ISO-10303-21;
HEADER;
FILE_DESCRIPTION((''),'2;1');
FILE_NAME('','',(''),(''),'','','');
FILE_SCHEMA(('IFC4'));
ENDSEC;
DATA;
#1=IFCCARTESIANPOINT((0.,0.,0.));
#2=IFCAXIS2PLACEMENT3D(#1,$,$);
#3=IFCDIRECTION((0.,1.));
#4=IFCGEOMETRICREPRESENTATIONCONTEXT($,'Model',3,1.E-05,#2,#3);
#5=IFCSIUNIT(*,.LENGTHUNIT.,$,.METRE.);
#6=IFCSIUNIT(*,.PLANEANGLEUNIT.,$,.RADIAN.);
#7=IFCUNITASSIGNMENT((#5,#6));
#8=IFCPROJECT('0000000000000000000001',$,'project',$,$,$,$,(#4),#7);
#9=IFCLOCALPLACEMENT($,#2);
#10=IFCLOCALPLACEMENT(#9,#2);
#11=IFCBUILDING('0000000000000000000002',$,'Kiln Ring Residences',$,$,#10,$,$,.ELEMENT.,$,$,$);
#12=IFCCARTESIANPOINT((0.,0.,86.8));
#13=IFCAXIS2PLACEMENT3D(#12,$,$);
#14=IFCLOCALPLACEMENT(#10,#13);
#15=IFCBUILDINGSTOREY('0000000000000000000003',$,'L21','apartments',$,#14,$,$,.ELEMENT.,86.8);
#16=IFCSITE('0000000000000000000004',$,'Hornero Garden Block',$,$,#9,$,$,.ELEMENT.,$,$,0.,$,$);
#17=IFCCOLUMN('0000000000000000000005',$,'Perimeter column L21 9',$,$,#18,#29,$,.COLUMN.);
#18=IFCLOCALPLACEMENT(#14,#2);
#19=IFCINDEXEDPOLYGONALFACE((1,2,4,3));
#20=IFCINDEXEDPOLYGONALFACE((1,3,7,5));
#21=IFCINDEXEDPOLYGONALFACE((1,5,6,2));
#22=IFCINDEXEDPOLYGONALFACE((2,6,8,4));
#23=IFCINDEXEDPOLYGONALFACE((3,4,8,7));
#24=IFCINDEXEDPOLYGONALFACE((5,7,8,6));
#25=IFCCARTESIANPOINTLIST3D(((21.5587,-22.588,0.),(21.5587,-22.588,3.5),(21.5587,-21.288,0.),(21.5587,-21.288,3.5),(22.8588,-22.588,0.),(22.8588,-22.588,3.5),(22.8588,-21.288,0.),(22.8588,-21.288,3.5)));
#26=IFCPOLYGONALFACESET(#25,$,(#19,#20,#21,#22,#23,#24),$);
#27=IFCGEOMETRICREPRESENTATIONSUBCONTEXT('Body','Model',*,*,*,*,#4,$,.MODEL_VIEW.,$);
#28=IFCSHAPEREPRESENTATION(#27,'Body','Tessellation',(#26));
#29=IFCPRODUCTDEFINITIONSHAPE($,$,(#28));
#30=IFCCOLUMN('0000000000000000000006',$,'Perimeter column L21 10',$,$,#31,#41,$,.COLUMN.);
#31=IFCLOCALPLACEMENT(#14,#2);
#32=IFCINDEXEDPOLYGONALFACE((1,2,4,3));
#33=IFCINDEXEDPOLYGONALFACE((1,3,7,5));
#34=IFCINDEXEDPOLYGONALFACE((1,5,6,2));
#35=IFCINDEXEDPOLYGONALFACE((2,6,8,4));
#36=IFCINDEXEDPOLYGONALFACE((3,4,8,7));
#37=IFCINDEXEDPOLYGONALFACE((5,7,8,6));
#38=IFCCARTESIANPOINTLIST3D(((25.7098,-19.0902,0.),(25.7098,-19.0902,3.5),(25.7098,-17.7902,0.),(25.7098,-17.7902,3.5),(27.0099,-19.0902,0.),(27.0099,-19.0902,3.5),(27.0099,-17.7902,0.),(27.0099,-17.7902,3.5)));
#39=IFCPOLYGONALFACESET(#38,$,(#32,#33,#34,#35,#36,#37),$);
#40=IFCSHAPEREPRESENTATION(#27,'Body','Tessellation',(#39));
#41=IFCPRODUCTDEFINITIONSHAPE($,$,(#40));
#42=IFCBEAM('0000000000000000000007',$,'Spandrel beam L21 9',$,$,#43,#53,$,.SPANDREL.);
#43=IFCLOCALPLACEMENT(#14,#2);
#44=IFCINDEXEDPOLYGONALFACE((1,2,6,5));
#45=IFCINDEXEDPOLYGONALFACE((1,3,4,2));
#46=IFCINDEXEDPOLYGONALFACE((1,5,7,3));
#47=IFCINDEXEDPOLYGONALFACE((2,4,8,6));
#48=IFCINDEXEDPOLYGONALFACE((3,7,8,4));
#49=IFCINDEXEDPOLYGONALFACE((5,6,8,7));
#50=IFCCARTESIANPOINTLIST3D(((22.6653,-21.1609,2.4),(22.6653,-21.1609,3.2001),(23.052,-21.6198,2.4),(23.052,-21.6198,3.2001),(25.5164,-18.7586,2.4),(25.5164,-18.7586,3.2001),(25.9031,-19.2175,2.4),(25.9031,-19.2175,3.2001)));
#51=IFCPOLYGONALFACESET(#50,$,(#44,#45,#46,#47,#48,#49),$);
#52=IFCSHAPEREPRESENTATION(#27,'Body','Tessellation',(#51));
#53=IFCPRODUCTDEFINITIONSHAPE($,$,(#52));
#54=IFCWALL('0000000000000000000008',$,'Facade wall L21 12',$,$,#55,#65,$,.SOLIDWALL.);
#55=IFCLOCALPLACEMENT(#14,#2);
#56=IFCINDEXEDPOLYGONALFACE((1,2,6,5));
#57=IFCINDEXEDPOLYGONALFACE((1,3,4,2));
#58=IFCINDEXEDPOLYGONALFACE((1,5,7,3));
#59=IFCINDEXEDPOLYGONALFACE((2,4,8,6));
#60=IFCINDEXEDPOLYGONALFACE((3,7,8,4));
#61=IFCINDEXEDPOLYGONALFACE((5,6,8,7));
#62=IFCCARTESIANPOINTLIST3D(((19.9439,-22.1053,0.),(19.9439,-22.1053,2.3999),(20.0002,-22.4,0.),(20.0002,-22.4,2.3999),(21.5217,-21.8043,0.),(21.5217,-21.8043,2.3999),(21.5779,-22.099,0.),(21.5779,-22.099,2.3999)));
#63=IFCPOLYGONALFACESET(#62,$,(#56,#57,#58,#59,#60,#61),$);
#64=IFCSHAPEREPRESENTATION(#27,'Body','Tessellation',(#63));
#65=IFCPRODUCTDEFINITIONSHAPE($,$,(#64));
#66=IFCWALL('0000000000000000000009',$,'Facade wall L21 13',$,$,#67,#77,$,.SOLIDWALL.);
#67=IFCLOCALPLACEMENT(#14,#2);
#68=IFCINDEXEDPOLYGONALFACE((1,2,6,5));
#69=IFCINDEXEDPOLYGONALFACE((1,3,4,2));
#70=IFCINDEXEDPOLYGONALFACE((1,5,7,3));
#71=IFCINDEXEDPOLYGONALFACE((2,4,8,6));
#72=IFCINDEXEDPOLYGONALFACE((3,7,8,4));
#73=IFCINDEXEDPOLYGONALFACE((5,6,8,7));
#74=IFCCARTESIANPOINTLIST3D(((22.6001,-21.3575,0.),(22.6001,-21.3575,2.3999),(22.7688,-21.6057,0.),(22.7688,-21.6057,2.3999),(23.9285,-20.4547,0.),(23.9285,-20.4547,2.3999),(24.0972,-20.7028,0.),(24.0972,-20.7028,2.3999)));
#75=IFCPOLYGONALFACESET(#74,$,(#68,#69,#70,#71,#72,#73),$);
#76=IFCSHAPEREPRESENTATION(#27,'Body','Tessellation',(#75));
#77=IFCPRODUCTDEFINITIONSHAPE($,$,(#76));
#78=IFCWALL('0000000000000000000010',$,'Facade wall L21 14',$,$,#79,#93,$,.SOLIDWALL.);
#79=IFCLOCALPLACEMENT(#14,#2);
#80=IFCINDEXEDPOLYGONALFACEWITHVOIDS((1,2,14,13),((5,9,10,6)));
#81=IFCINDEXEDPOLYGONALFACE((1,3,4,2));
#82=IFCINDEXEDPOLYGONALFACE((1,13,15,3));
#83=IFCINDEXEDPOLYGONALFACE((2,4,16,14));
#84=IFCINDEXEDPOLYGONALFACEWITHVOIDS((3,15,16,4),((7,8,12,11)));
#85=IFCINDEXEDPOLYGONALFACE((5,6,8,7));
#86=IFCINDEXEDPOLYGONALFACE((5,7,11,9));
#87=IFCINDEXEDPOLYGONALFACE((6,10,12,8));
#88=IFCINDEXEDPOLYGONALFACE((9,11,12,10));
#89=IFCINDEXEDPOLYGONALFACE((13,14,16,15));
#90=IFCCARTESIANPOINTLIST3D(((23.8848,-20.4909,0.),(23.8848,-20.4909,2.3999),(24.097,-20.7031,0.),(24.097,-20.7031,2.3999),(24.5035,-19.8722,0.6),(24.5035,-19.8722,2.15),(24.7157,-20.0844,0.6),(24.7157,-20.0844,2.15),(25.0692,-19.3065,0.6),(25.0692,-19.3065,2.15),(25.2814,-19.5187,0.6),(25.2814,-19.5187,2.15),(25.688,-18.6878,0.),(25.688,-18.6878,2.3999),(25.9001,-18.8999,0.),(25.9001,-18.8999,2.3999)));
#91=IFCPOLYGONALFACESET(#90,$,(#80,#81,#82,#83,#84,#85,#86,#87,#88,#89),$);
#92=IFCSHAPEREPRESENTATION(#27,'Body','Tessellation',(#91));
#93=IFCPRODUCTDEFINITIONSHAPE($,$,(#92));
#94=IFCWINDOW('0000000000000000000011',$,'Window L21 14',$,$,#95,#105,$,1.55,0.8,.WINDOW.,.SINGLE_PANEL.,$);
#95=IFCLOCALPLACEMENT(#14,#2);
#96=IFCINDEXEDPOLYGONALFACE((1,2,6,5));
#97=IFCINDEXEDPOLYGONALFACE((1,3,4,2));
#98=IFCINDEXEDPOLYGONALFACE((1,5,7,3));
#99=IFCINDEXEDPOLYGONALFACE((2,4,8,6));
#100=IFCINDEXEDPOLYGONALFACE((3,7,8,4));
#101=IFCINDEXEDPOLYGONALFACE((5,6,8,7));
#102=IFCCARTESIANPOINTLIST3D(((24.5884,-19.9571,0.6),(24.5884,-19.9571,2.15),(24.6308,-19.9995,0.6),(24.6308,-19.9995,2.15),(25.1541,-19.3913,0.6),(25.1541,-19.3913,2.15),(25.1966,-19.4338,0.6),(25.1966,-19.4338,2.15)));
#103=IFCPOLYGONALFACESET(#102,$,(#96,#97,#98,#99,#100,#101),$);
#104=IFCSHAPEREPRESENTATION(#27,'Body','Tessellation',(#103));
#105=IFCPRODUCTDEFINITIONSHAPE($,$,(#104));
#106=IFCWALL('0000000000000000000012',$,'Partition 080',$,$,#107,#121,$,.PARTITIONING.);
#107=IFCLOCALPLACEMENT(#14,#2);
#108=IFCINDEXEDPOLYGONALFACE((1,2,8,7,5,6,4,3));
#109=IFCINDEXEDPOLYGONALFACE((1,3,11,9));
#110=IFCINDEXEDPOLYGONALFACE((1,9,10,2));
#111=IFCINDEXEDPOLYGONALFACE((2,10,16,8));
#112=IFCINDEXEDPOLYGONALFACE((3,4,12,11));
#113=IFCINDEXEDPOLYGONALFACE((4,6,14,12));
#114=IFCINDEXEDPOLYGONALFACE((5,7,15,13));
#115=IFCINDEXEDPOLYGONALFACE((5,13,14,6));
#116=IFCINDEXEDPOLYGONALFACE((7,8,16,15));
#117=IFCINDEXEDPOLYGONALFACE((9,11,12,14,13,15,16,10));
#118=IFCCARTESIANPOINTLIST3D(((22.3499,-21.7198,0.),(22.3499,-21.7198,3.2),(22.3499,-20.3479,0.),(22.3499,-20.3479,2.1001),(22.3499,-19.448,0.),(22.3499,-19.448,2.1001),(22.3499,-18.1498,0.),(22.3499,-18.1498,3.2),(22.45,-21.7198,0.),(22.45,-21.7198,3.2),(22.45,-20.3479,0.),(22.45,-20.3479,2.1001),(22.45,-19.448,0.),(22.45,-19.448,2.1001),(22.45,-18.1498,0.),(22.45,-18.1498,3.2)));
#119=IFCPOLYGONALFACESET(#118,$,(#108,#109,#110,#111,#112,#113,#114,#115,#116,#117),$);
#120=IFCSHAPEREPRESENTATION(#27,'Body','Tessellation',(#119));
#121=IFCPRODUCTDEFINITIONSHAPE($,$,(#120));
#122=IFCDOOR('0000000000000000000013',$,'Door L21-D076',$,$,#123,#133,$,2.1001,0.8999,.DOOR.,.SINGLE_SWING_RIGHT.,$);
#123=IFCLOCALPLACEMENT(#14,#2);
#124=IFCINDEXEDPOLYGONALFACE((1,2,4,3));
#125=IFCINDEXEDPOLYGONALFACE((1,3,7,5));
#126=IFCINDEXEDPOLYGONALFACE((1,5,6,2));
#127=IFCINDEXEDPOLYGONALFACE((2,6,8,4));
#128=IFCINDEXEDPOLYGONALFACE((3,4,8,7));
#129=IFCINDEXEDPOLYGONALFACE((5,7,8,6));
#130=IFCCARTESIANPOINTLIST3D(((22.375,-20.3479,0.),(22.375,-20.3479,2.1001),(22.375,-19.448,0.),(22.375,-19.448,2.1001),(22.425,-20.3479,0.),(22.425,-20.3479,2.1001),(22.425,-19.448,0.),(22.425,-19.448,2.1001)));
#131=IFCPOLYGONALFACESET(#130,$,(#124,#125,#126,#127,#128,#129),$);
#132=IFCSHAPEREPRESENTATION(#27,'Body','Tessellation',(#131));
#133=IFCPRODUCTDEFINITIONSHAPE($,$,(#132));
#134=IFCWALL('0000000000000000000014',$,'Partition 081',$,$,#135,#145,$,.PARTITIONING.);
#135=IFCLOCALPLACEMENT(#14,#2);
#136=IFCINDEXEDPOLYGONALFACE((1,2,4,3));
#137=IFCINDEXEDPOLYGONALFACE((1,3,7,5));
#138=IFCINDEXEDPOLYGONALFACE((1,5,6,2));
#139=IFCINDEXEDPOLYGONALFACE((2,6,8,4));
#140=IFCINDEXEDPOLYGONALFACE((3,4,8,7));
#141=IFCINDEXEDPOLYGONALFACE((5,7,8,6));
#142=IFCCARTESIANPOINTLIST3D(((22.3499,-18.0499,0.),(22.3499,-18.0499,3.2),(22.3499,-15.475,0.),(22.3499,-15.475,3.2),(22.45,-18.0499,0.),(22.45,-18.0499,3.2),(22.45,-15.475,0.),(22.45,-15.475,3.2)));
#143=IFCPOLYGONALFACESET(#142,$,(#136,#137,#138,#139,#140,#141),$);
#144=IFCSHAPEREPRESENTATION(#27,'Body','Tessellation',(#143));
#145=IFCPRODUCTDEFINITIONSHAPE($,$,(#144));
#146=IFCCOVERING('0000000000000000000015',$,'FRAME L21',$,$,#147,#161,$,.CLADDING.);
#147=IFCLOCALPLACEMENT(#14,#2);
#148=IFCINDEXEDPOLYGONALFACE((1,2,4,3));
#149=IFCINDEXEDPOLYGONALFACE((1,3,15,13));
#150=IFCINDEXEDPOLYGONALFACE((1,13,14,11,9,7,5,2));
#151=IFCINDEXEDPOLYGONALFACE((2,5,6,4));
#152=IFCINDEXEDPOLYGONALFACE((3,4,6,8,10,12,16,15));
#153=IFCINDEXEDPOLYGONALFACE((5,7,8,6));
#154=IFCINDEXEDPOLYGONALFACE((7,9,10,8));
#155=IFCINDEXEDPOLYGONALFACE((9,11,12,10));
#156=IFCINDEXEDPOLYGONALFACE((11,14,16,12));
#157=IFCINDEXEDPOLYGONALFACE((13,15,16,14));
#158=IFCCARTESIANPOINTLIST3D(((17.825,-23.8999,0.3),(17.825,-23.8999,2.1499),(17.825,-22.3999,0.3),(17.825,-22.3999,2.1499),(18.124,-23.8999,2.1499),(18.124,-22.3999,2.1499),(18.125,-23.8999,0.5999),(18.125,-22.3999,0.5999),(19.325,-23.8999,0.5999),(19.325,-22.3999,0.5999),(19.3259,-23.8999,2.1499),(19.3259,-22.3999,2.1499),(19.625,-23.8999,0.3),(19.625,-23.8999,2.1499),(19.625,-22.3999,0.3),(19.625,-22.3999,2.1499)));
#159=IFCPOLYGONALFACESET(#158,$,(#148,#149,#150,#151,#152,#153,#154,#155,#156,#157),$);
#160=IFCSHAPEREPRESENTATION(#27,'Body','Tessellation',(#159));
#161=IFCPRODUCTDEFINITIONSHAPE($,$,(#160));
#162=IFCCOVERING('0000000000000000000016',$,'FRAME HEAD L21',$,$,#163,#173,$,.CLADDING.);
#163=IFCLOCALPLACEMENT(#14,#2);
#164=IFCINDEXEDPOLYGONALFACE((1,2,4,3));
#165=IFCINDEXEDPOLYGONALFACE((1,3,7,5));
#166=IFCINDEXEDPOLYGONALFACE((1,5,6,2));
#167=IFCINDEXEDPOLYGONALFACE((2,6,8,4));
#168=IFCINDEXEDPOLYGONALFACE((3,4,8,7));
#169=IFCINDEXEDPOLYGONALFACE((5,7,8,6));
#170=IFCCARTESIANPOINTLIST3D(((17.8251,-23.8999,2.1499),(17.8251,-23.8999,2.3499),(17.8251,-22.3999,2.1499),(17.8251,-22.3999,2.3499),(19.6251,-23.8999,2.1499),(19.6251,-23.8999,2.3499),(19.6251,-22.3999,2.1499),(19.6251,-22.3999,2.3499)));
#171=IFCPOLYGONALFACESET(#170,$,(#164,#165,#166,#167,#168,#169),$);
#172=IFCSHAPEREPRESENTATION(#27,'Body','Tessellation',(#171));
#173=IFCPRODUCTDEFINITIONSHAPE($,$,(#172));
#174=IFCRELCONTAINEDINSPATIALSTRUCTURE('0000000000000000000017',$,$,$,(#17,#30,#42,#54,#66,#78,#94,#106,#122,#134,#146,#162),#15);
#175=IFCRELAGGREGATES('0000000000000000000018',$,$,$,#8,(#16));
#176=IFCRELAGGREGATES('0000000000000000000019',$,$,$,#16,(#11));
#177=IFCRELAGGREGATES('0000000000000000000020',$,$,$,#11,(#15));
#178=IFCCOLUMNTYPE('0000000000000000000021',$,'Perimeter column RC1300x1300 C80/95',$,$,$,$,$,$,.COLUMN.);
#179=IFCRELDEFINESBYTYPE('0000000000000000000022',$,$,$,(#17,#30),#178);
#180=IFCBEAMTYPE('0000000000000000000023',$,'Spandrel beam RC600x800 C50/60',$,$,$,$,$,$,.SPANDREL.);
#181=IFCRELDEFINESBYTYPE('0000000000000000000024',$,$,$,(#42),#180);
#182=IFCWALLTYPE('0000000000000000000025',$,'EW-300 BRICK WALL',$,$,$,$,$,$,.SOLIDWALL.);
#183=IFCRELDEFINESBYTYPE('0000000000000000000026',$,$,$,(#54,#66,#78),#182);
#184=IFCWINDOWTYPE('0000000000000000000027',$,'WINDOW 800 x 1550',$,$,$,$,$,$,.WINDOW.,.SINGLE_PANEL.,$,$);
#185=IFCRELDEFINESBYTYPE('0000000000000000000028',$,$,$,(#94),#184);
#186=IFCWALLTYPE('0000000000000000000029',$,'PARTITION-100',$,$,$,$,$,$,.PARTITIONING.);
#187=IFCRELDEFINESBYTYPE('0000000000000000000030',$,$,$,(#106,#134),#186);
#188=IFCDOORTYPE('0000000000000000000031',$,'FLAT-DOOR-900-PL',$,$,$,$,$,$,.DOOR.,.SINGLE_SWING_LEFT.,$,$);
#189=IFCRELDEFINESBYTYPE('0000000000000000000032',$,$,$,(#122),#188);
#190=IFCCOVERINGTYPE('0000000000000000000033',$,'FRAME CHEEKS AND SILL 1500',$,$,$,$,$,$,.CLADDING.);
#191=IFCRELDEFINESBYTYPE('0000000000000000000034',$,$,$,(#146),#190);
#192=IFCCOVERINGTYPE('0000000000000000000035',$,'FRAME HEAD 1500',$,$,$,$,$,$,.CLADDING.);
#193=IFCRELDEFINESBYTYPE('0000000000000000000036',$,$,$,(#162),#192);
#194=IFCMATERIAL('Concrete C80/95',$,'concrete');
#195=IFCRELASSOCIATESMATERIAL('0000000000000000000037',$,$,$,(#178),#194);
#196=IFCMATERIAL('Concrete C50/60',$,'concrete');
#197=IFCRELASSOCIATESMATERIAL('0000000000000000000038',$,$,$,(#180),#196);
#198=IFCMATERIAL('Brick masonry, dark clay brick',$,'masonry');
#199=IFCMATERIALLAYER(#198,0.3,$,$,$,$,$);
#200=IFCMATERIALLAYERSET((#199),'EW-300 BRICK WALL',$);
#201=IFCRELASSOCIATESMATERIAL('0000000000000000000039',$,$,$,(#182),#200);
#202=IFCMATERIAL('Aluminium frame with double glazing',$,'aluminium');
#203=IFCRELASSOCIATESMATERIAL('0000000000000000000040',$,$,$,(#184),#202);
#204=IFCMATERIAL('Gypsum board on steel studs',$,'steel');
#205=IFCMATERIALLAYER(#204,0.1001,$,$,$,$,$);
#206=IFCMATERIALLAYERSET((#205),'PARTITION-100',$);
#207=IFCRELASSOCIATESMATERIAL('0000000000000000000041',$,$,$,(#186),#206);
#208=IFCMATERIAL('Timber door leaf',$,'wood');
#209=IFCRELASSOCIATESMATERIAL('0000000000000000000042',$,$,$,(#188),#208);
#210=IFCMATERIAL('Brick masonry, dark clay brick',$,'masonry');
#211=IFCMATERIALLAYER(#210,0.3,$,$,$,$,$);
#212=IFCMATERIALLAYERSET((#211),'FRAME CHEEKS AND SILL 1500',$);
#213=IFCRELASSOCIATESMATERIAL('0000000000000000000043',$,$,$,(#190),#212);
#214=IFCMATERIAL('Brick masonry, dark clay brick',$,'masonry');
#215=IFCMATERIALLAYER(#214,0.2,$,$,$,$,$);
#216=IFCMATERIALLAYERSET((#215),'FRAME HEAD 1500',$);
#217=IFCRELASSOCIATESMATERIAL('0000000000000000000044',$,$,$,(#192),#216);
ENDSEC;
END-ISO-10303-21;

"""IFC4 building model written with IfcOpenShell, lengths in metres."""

from ifc_helpers import new_model, si_unit, direction, frame, frame_2d, origin, origin_2d, place, context, subcontext, project, spatial, polyline, rectangle, outline, extrude, material, layer, layer_set, material_profile, profile_set, type_object, element, fill, save


model = new_model("IFC4")

# Units and contexts
model_context = context("Model", 3, precision=1e-05, world=origin(), true_north=direction((0.0, 1.0)))
body_context = subcontext(model_context, "Body", "Model", "MODEL_VIEW")
ifc_project = project(units=[si_unit("LENGTHUNIT", "METRE"), si_unit("PLANEANGLEUNIT", "RADIAN")], contexts=[model_context])

# Site, building, storey
site_placement = place(None, origin())
site = spatial("IfcSite", under=ifc_project, at=site_placement, Name="Hornero Garden Block", CompositionType="ELEMENT", RefElevation=0.0)
building_placement = place(site_placement, origin())
building = spatial("IfcBuilding", under=site, at=building_placement, Name="Kiln Ring Residences", CompositionType="ELEMENT")
storey_placement = place(building_placement, frame((0.0, 0.0, 86.8)))
storey = spatial("IfcBuildingStorey", under=building, at=storey_placement, Name="L21", Description="apartments", CompositionType="ELEMENT", Elevation=86.8)

# Columns
ifc_material_1 = material(Name="Concrete C80/95", Category="concrete")
ifc_material_profile_1 = material_profile(ifc_material_1, rectangle(XDim=1.3, YDim=1.3, at=origin_2d()), Name="RC1300x1300")
ifc_profile_set_1 = profile_set([ifc_material_profile_1], Name="Concrete C80/95")
column_type = type_object("IfcColumnType", Name="Perimeter column RC1300x1300 C80/95", PredefinedType="COLUMN", material=ifc_profile_set_1)
for number, where, z_axis, x_axis, name in (
    (1, (22.2087, -21.938, 0.0), (0.0, 0.0, 1.0), (1.0, 0.0, 0.0), "Perimeter column L21 9"),
    (2, (26.3599, -18.4402, 0.0), (0.0, 0.0, 1.0), (1.0, 0.0, 0.0), "Perimeter column L21 10"),
):
    element("IfcColumn", number, at=place(storey_placement, frame(where, z_axis=z_axis, x_axis=x_axis)), inside=storey, type_object=column_type, Name=name, PredefinedType="COLUMN", context=body_context, shape_type="SweptSolid", body=[
        extrude(rectangle(XDim=1.3, YDim=1.3, at=origin_2d()), origin(), (0.0, 0.0, 1.0), 3.5),
    ])

# Beam
ifc_material_2 = material(Name="Concrete C50/60", Category="concrete")
ifc_material_profile_2 = material_profile(ifc_material_2, rectangle(XDim=0.6001, YDim=0.8, at=origin_2d()), Name="RC600x800")
ifc_profile_set_2 = profile_set([ifc_material_profile_2], Name="Concrete C50/60")
beam_type = type_object("IfcBeamType", Name="Spandrel beam RC600x800 C50/60", PredefinedType="SPANDREL", material=ifc_profile_set_2)
beam_placement = place(storey_placement, frame((22.8586, -21.3904, 2.8), z_axis=(0.764721, 0.644362, 0.0), x_axis=(-0.644362, 0.764721, 0.0)))
element("IfcBeam", 3, at=beam_placement, inside=storey, type_object=beam_type, Name="Spandrel beam L21 9", PredefinedType="SPANDREL", context=body_context, shape_type="SweptSolid", body=[
    extrude(rectangle(XDim=0.6001, YDim=0.8, at=origin_2d()), origin(), (0.0, 0.0, 1.0), 3.7283),
])

# Walls
ifc_material_3 = material(Name="Brick masonry, dark clay brick", Category="masonry")
ifc_layer_1 = layer(ifc_material_3, 0.3)
ifc_layer_set_1 = layer_set([ifc_layer_1], Name="EW-300 BRICK WALL")
wall_type_1 = type_object("IfcWallType", Name="EW-300 BRICK WALL", PredefinedType="SOLIDWALL", material=ifc_layer_set_1)
for number, where, z_axis, x_axis, name in (
    (4, (19.9719, -22.2527, 0.0), (0.0, 0.0, 1.0), (0.982279, 0.187426, 0.0), "Facade wall L21 12"),
    (5, (22.6843, -21.4817, 0.0), (0.0, 0.0, 1.0), (0.827059, 0.562115, 0.0), "Facade wall L21 13"),
):
    element("IfcWall", number, at=place(storey_placement, frame(where, z_axis=z_axis, x_axis=x_axis)), inside=storey, type_object=wall_type_1, Name=name, PredefinedType="SOLIDWALL", context=body_context, shape_type="SweptSolid", body=[
        extrude(rectangle(XDim=1.6062, YDim=0.3, at=frame_2d((0.8032, 0.0))), origin(), (0.0, 0.0, 1.0), 2.3999),
    ])

# Wall, opening, window
wall_1_placement = place(storey_placement, frame((23.991, -20.5969, 0.0), z_axis=(0.0, 0.0, 1.0), x_axis=(0.707107, 0.707107, 0.0)))
wall_1 = element("IfcWall", 6, at=wall_1_placement, inside=storey, type_object=wall_type_1, Name="Facade wall L21 14", PredefinedType="SOLIDWALL", context=body_context, shape_type="SweptSolid", body=[
    extrude(rectangle(XDim=2.55, YDim=0.3, at=frame_2d((1.2749, 0.0))), origin(), (0.0, 0.0, 1.0), 2.3999),
])
opening_1_placement = place(wall_1_placement, frame((0.875, 0.0, 0.6001)))
opening_1 = element("IfcOpeningElement", 7, at=opening_1_placement, cuts=wall_1, PredefinedType="OPENING", context=body_context, shape_type="SweptSolid", body=[
    extrude(rectangle(XDim=0.8, YDim=1.55, at=frame_2d((0.3999, 0.7749))), frame((0.0, 0.1599, 0.0), z_axis=(0.0, -1.0, 0.0), x_axis=(1.0, 0.0, 0.0)), (0.0, 0.0, 1.0), 0.3201),
])
ifc_material_4 = material(Name="Aluminium frame with double glazing", Category="aluminium")
window_type = type_object("IfcWindowType", Name="WINDOW 800 x 1550", PartitioningType="SINGLE_PANEL", PredefinedType="WINDOW", material=ifc_material_4)
window_placement = place(opening_1_placement, origin())
window = element("IfcWindow", 8, at=window_placement, inside=storey, type_object=window_type, Name="Window L21 14", OverallHeight=1.55, OverallWidth=0.8, PartitioningType="SINGLE_PANEL", PredefinedType="WINDOW", context=body_context, shape_type="SweptSolid", body=[
    extrude(rectangle(XDim=0.8, YDim=1.55, at=frame_2d((0.3999, 0.7749))), frame((0.0, 0.03, 0.0), z_axis=(0.0, -1.0, 0.0), x_axis=(1.0, 0.0, 0.0)), (0.0, 0.0, 1.0), 0.0601),
])
fill(opening_1, window)

# Wall, opening, door
ifc_material_5 = material(Name="Gypsum board on steel studs", Category="steel")
ifc_layer_2 = layer(ifc_material_5, 0.1001)
ifc_layer_set_2 = layer_set([ifc_layer_2], Name="PARTITION-100")
wall_type_2 = type_object("IfcWallType", Name="PARTITION-100", PredefinedType="PARTITIONING", material=ifc_layer_set_2)
wall_2_placement = place(storey_placement, frame((22.3999, -21.72, 0.0), z_axis=(0.0, 0.0, 1.0), x_axis=(0.0, 1.0, 0.0)))
wall_2 = element("IfcWall", 9, at=wall_2_placement, inside=storey, type_object=wall_type_2, Name="Partition 080", PredefinedType="PARTITIONING", context=body_context, shape_type="SweptSolid", body=[
    extrude(rectangle(XDim=3.5701, YDim=0.1001, at=frame_2d((1.7852, 0.0))), origin(), (0.0, 0.0, 1.0), 3.2),
])
opening_2_placement = place(wall_2_placement, frame((1.3721, 0.0, 0.0)))
opening_2 = element("IfcOpeningElement", 10, at=opening_2_placement, cuts=wall_2, PredefinedType="OPENING", context=body_context, shape_type="SweptSolid", body=[
    extrude(rectangle(XDim=0.8999, YDim=2.1001, at=frame_2d((0.45, 1.05))), frame((0.0, 0.0601, 0.0), z_axis=(0.0, -1.0, 0.0), x_axis=(1.0, 0.0, 0.0)), (0.0, 0.0, 1.0), 0.1201),
])
ifc_material_6 = material(Name="Timber door leaf", Category="wood")
door_type = type_object("IfcDoorType", Name="FLAT-DOOR-900-PL", OperationType="SINGLE_SWING_LEFT", PredefinedType="DOOR", material=ifc_material_6)
door_placement = place(opening_2_placement, origin())
door = element("IfcDoor", 11, at=door_placement, inside=storey, type_object=door_type, Name="Door L21-D076", OperationType="SINGLE_SWING_RIGHT", OverallHeight=2.1001, OverallWidth=0.8999, PredefinedType="DOOR", context=body_context, shape_type="SweptSolid", body=[
    extrude(rectangle(XDim=0.8999, YDim=2.1001, at=frame_2d((0.45, 1.05))), frame((0.0, 0.0249, 0.0), z_axis=(0.0, -1.0, 0.0), x_axis=(1.0, 0.0, 0.0)), (0.0, 0.0, 1.0), 0.05),
])
fill(opening_2, door)

# Wall
wall_3_placement = place(storey_placement, frame((22.3999, -18.05, 0.0), z_axis=(0.0, 0.0, 1.0), x_axis=(0.0, 1.0, 0.0)))
element("IfcWall", 12, at=wall_3_placement, inside=storey, type_object=wall_type_2, Name="Partition 081", PredefinedType="PARTITIONING", context=body_context, shape_type="SweptSolid", body=[
    extrude(rectangle(XDim=2.575, YDim=0.1001, at=frame_2d((1.2876, 0.0))), origin(), (0.0, 0.0, 1.0), 3.2),
])

# Coverings
ifc_material_7 = material(Name="Brick masonry, dark clay brick", Category="masonry")
ifc_layer_3 = layer(ifc_material_7, 0.3)
ifc_layer_set_3 = layer_set([ifc_layer_3], Name="FRAME CHEEKS AND SILL 1500")
covering_type_1 = type_object("IfcCoveringType", Name="FRAME CHEEKS AND SILL 1500", PredefinedType="CLADDING", material=ifc_layer_set_3)
covering_1_placement = place(storey_placement, frame((17.825, -23.1499, 0.3), z_axis=(0.0, 0.0, 1.0), x_axis=(1.0, 0.0, 0.0)))
element("IfcCovering", 13, at=covering_1_placement, inside=storey, type_object=covering_type_1, Name="FRAME L21", PredefinedType="CLADDING", context=body_context, shape_type="SweptSolid", body=[
    extrude(outline(polyline([(0.0, 0.0), (1.8, 0.0), (1.8, 1.8499), (1.501, 1.8499), (1.5, 0.2998), (0.3, 0.2998), (0.2991, 1.8499), (0.0, 1.8499), (0.0, 0.0)])), frame((0.0, 0.75, 0.0), z_axis=(0.0, -1.0, 0.0), x_axis=(1.0, 0.0, 0.0)), (0.0, 0.0, 1.0), 1.5),
])
ifc_material_8 = material(Name="Brick masonry, dark clay brick", Category="masonry")
ifc_layer_4 = layer(ifc_material_8, 0.2)
ifc_layer_set_4 = layer_set([ifc_layer_4], Name="FRAME HEAD 1500")
covering_type_2 = type_object("IfcCoveringType", Name="FRAME HEAD 1500", PredefinedType="CLADDING", material=ifc_layer_set_4)
covering_2_placement = place(storey_placement, frame((18.7251, -23.1499, 2.1499), z_axis=(0.0, 0.0, 1.0), x_axis=(1.0, 0.0, 0.0)))
element("IfcCovering", 14, at=covering_2_placement, inside=storey, type_object=covering_type_2, Name="FRAME HEAD L21", PredefinedType="CLADDING", context=body_context, shape_type="SweptSolid", body=[
    extrude(rectangle(XDim=1.8, YDim=1.5, at=origin_2d()), origin(), (0.0, 0.0, 1.0), 0.2),
])

save(model, "model.ifc")
